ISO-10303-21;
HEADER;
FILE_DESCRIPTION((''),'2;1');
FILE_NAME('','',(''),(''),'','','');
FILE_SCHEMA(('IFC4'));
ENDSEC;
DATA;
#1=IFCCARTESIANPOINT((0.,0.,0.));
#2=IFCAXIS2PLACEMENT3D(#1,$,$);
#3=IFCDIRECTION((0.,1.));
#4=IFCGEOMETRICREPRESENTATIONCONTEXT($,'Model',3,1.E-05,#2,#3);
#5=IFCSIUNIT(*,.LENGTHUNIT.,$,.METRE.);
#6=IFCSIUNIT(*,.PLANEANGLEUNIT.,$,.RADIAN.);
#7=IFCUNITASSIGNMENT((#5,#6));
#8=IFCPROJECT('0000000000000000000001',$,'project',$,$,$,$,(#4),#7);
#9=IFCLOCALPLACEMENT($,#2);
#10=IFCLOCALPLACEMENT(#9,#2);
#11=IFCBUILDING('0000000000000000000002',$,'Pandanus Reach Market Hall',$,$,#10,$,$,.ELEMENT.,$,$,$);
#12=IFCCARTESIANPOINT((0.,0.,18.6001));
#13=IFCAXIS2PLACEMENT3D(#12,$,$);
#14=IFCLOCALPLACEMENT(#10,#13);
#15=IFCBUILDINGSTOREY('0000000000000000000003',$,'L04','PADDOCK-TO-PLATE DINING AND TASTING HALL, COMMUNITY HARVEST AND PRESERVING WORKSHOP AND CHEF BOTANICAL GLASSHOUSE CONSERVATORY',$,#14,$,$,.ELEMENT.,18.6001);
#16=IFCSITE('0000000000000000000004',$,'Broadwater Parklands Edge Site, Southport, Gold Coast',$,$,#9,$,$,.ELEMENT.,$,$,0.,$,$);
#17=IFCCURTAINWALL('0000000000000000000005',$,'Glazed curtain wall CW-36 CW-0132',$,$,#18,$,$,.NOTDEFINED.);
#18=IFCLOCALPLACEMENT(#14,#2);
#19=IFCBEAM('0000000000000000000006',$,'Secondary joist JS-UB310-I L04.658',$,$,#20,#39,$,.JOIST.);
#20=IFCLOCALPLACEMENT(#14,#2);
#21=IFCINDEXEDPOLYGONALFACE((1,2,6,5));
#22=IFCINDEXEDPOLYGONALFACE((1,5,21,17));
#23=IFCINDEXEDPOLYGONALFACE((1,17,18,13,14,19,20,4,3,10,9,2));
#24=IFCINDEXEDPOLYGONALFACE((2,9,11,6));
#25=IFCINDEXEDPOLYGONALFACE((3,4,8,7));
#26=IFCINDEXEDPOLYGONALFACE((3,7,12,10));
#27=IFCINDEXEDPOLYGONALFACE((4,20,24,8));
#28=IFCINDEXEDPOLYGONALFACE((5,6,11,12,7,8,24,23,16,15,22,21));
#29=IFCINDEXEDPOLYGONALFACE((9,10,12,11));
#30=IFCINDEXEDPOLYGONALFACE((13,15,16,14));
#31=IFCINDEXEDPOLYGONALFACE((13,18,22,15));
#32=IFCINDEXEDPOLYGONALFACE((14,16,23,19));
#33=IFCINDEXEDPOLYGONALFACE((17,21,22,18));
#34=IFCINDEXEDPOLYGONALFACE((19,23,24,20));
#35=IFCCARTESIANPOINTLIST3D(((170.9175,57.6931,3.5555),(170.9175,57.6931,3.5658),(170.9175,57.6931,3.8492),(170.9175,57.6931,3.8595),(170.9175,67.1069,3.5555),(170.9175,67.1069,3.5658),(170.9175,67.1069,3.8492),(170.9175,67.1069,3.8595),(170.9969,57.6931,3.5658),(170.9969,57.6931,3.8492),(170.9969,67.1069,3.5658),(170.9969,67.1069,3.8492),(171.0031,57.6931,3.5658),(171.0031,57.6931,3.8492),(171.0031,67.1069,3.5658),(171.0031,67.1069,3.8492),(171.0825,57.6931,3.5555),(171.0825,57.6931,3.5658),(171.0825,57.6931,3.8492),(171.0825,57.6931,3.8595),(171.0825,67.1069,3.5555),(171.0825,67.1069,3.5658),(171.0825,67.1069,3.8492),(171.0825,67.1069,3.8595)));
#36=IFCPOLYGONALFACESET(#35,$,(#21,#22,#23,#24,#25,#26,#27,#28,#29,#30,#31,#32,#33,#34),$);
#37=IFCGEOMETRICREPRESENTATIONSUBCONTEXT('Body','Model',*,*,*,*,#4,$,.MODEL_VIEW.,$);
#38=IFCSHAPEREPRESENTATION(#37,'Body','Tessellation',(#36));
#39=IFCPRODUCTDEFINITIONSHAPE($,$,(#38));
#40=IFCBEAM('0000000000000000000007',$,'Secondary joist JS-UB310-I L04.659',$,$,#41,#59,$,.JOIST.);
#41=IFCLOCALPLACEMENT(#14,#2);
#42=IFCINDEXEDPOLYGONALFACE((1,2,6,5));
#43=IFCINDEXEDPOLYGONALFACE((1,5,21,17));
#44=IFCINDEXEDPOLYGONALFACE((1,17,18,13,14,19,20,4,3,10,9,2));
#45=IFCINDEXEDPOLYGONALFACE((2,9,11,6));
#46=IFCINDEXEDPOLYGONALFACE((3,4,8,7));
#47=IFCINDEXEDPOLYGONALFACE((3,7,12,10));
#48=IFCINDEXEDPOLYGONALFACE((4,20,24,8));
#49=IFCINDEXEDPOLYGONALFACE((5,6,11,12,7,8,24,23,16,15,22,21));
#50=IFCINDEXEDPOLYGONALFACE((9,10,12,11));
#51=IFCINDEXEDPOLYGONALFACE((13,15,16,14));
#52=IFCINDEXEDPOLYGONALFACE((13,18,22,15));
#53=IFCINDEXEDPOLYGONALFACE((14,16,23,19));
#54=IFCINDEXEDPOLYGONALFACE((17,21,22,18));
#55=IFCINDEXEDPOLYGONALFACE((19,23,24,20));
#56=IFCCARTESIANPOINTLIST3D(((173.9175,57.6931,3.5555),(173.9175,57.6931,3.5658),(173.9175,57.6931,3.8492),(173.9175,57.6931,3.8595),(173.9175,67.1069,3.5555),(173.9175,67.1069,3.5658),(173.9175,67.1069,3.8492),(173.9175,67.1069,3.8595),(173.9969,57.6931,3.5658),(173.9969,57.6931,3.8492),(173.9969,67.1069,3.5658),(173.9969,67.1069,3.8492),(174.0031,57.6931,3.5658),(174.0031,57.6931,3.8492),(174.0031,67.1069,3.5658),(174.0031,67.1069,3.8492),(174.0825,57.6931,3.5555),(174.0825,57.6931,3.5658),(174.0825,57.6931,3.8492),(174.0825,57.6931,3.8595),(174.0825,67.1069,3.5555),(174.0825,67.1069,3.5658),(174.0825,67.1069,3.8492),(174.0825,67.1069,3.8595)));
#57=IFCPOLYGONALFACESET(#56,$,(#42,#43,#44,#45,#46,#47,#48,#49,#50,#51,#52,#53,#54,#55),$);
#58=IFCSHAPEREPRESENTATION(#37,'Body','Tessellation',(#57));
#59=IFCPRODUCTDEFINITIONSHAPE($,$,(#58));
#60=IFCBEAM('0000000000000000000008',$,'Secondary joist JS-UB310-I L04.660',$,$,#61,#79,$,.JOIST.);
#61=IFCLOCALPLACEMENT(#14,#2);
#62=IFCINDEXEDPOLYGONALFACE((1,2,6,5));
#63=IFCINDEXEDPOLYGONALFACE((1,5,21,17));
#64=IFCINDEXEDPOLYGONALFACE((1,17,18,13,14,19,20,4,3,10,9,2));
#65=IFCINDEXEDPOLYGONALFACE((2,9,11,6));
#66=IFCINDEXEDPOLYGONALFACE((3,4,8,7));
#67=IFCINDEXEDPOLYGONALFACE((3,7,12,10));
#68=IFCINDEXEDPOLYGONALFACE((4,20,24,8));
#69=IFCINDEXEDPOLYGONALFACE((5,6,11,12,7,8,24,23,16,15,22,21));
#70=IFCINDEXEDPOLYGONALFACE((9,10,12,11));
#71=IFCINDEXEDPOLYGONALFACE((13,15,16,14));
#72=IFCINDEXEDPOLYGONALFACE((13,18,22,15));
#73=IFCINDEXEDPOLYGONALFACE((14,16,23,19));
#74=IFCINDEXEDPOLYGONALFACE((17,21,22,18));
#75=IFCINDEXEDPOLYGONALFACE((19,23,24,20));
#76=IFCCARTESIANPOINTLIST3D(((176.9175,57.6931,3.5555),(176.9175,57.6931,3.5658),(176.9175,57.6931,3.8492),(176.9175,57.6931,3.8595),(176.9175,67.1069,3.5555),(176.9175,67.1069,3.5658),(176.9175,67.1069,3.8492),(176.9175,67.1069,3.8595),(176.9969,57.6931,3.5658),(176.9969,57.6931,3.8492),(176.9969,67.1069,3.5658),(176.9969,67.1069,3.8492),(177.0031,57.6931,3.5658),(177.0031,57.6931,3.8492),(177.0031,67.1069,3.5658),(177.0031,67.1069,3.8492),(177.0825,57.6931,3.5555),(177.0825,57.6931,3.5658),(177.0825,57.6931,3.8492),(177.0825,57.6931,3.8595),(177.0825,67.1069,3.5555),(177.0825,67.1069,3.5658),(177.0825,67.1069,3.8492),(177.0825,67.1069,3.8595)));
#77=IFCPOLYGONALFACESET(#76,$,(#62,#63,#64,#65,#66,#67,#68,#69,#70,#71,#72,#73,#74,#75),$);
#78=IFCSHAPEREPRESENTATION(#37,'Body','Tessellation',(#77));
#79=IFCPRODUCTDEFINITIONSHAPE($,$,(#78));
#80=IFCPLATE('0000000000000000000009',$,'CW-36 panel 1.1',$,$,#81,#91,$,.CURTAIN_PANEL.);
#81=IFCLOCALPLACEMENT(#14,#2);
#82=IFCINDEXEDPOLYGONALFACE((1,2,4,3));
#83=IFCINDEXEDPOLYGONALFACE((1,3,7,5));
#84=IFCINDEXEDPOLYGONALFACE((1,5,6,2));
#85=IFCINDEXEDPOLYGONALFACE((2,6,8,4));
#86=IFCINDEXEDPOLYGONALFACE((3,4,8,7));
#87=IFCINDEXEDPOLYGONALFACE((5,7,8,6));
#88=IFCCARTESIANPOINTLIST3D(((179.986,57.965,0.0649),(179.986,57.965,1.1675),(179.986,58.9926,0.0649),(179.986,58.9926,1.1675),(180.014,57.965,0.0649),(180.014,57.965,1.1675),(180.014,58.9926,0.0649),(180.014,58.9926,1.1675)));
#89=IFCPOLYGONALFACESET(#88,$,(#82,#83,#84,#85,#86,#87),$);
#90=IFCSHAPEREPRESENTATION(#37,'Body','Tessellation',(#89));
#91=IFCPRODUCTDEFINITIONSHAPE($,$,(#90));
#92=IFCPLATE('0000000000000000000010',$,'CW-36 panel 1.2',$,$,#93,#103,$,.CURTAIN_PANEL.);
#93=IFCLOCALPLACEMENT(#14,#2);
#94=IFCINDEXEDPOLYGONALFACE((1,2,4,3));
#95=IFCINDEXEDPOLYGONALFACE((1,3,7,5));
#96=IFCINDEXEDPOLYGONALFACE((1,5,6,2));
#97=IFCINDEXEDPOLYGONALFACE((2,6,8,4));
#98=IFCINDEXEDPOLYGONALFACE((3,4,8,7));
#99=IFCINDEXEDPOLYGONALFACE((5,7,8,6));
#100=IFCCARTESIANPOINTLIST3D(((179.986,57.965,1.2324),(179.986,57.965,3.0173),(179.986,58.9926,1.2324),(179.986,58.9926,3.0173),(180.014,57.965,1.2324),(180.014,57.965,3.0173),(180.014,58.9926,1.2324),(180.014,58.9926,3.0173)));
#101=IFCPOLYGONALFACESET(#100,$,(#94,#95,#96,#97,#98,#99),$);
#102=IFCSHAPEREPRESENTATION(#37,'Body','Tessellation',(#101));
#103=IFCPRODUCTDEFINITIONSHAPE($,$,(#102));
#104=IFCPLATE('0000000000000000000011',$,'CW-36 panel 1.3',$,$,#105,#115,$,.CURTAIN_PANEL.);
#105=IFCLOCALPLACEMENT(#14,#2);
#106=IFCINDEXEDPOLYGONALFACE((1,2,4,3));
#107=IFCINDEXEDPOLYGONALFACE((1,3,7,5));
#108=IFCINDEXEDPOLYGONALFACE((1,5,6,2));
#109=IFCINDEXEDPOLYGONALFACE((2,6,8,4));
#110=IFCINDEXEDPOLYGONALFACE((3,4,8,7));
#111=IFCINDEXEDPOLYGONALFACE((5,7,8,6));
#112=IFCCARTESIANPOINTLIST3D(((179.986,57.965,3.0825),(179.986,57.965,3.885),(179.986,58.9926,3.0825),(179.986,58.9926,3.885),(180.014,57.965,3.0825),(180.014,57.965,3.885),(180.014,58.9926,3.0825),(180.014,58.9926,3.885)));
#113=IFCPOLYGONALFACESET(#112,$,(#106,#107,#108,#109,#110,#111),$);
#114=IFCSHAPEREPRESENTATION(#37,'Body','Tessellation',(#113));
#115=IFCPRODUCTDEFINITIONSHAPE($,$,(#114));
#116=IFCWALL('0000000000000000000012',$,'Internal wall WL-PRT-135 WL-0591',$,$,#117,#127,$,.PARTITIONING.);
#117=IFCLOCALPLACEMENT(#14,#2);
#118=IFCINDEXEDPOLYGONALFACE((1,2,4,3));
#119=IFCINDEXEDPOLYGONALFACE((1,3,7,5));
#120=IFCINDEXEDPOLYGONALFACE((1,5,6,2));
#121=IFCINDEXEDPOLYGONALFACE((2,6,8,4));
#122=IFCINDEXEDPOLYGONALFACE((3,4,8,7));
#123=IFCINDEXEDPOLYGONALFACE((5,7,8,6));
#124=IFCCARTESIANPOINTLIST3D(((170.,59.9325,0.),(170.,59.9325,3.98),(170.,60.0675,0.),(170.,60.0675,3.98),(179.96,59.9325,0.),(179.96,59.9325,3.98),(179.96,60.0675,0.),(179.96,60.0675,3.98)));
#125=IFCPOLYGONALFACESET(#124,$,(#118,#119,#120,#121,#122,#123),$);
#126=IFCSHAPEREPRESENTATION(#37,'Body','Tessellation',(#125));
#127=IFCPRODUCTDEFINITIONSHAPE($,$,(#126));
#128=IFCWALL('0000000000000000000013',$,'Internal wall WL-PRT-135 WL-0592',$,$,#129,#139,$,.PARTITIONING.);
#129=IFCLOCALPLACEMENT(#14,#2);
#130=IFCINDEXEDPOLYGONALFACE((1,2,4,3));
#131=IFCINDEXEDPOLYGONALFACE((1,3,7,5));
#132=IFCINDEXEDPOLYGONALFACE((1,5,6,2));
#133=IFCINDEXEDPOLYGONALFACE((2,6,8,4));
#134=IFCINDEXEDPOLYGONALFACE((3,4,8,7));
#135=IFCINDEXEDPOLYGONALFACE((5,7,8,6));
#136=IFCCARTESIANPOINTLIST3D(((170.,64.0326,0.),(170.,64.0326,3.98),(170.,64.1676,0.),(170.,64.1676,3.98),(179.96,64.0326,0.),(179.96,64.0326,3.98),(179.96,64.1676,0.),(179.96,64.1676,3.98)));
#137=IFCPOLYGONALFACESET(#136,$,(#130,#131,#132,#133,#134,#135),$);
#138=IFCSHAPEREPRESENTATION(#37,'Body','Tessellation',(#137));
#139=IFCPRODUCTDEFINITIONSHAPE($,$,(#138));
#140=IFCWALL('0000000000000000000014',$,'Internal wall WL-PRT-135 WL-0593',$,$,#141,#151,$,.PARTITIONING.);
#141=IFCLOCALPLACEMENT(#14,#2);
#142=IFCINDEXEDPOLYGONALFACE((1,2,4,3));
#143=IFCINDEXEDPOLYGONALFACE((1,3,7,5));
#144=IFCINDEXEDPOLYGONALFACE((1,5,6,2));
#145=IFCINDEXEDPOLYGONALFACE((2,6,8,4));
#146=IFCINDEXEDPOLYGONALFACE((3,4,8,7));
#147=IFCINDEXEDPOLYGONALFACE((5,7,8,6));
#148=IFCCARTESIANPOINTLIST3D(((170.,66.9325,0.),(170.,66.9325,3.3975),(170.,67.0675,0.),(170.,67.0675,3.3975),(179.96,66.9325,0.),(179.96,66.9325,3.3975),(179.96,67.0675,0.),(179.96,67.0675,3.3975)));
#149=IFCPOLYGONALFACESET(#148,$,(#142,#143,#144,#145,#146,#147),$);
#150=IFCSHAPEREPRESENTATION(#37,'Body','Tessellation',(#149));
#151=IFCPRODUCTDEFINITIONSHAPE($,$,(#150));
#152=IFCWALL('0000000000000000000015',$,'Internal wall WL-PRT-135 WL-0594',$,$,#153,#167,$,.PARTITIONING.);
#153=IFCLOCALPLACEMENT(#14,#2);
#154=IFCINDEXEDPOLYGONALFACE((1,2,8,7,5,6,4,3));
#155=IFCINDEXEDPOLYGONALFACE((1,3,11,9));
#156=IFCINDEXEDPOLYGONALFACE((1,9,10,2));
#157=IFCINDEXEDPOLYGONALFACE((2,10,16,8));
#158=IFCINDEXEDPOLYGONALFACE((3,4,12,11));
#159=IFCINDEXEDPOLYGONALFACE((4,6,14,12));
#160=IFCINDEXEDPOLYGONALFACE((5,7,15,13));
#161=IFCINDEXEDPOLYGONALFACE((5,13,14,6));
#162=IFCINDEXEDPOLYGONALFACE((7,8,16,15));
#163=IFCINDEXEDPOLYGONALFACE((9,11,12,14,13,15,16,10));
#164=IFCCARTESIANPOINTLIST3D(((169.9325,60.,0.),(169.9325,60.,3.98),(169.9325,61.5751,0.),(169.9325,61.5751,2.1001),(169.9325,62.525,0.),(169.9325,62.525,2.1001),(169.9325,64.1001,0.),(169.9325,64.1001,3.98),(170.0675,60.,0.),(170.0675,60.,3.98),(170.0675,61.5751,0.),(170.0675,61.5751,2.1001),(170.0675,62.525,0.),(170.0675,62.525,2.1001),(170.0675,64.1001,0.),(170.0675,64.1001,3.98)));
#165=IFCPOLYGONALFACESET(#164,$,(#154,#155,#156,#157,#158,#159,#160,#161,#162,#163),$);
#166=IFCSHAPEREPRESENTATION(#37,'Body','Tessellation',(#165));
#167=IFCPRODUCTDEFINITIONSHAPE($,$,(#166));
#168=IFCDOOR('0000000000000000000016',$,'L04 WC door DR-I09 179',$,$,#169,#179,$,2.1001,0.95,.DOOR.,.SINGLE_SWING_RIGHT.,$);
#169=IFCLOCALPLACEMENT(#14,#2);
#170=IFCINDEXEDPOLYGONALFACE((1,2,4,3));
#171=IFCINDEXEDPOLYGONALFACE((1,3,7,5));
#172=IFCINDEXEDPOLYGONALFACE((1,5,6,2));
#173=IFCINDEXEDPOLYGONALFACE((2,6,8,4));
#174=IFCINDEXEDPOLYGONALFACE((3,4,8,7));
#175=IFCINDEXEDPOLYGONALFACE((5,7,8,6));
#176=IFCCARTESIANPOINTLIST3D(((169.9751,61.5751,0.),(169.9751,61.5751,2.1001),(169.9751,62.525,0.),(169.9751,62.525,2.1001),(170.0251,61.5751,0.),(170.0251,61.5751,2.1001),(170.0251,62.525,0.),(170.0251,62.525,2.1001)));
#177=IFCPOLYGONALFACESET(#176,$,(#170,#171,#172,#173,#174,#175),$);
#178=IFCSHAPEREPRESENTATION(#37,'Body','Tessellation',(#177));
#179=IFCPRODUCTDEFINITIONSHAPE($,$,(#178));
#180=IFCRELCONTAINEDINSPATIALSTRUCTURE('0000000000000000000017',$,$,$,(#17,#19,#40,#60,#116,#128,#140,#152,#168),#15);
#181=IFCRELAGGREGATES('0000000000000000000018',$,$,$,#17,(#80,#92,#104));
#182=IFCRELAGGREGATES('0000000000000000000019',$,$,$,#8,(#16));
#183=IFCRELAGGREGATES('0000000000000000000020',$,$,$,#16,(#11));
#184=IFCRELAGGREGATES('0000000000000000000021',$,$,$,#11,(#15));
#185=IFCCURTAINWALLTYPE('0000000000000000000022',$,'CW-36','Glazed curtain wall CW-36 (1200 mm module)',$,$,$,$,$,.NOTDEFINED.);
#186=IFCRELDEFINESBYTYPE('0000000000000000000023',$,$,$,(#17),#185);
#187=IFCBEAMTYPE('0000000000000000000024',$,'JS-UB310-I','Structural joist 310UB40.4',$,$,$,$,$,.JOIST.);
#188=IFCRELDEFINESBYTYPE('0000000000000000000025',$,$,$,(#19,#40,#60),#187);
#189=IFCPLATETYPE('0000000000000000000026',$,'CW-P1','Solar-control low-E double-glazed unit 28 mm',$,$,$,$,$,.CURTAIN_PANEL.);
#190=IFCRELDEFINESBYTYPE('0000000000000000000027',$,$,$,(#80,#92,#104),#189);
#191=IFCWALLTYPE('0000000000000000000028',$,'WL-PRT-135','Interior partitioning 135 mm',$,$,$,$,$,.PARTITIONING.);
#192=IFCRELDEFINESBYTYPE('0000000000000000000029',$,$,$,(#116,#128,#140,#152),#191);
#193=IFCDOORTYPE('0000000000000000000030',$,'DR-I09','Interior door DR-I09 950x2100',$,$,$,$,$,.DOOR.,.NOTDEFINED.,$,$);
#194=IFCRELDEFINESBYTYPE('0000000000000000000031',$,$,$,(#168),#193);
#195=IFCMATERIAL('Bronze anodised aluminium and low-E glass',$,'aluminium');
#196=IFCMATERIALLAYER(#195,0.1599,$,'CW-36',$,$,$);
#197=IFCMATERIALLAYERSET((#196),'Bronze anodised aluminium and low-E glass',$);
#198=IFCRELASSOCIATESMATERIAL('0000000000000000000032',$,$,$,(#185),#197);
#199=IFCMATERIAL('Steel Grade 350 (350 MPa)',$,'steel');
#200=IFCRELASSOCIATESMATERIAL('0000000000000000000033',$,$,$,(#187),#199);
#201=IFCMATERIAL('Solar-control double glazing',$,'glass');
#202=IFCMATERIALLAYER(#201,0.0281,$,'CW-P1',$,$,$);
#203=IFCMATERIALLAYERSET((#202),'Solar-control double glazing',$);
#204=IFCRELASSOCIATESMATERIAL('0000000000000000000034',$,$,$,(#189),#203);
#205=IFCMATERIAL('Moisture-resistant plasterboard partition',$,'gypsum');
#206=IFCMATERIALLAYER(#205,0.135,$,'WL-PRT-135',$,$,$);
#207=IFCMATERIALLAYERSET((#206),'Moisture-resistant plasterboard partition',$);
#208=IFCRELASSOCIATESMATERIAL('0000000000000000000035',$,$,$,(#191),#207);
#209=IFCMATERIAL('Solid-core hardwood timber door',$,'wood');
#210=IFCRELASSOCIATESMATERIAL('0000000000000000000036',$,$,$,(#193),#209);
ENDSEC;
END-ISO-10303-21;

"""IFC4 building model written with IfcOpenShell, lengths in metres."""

from ifc_helpers import new_model, si_unit, direction, frame, frame_2d, origin, origin_2d, place, context, subcontext, project, spatial, rectangle, i_section, extrude, material, layer, layer_set, material_profile, profile_set, type_object, element, fill, aggregate, save


model = new_model("IFC4")

# Units and contexts
model_context = context("Model", 3, precision=1e-05, world=origin(), true_north=direction((0.0, 1.0)))
body_context = subcontext(model_context, "Body", "Model", "MODEL_VIEW")
ifc_project = project(units=[si_unit("LENGTHUNIT", "METRE"), si_unit("PLANEANGLEUNIT", "RADIAN")], contexts=[model_context])

# Site, building, storey
site_placement = place(None, origin())
site = spatial("IfcSite", under=ifc_project, at=site_placement, Name="Broadwater Parklands Edge Site, Southport, Gold Coast", CompositionType="ELEMENT", RefElevation=0.0)
building_placement = place(site_placement, origin())
building = spatial("IfcBuilding", under=site, at=building_placement, Name="Pandanus Reach Market Hall", CompositionType="ELEMENT")
storey_placement = place(building_placement, frame((0.0, 0.0, 18.6001)))
storey = spatial("IfcBuildingStorey", under=building, at=storey_placement, Name="L04", Description="PADDOCK-TO-PLATE DINING AND TASTING HALL, COMMUNITY HARVEST AND PRESERVING WORKSHOP AND CHEF BOTANICAL GLASSHOUSE CONSERVATORY", CompositionType="ELEMENT", Elevation=18.6001)

# Shared definitions
ifc_material_1 = material(Name="Bronze anodised aluminium and low-E glass", Category="aluminium")
ifc_layer_1 = layer(ifc_material_1, 0.1599, Name="CW-36")
ifc_layer_set_1 = layer_set([ifc_layer_1], Name="Bronze anodised aluminium and low-E glass")
curtain_wall_type = type_object("IfcCurtainWallType", Name="CW-36", Description="Glazed curtain wall CW-36 (1200 mm module)", PredefinedType="NOTDEFINED", material=ifc_layer_set_1)

# Curtain wall
curtain_wall_1_placement = place(storey_placement, origin())
curtain_wall_1 = element("IfcCurtainWall", 1, at=curtain_wall_1_placement, inside=storey, type_object=curtain_wall_type, Name="Glazed curtain wall CW-36 CW-0132", PredefinedType="NOTDEFINED")

# Beams
ifc_material_2 = material(Name="Steel Grade 350 (350 MPa)", Category="steel")
ifc_material_profile_1 = material_profile(ifc_material_2, i_section(OverallWidth=0.165, OverallDepth=0.304, WebThickness=0.0061, FlangeThickness=0.0103, at=origin_2d()), Name="310UB40.4", Category="LoadBearing")
ifc_profile_set_1 = profile_set([ifc_material_profile_1], Name="Steel Grade 350 (350 MPa)")
beam_type_1 = type_object("IfcBeamType", Name="JS-UB310-I", Description="Structural joist 310UB40.4", PredefinedType="JOIST", material=ifc_profile_set_1)
for number, where, z_axis, x_axis, name in (
    (2, (171.0, 57.6931, 3.7075), (0.0, 1.0, 0.0), (-1.0, 0.0, 0.0), "Secondary joist JS-UB310-I L04.658"),
    (3, (174.0, 57.6931, 3.7075), (0.0, 1.0, 0.0), (-1.0, 0.0, 0.0), "Secondary joist JS-UB310-I L04.659"),
    (4, (177.0, 57.6931, 3.7075), (0.0, 1.0, 0.0), (-1.0, 0.0, 0.0), "Secondary joist JS-UB310-I L04.660"),
):
    element("IfcBeam", number, at=place(storey_placement, frame(where, z_axis=z_axis, x_axis=x_axis)), inside=storey, type_object=beam_type_1, Name=name, PredefinedType="JOIST", context=body_context, shape_type="SweptSolid", body=[
        extrude(i_section(OverallWidth=0.165, OverallDepth=0.304, WebThickness=0.0061, FlangeThickness=0.0103, at=origin_2d()), origin(), (0.0, 0.0, 1.0), 9.4138),
    ])

# Plates
ifc_material_3 = material(Name="Solar-control double glazing", Category="glass")
ifc_layer_2 = layer(ifc_material_3, 0.0281, Name="CW-P1")
ifc_layer_set_2 = layer_set([ifc_layer_2], Name="Solar-control double glazing")
plate_type = type_object("IfcPlateType", Name="CW-P1", Description="Solar-control low-E double-glazed unit 28 mm", PredefinedType="CURTAIN_PANEL", material=ifc_layer_set_2)
plate_1_placement = place(storey_placement, frame((180.0, 58.4788, 0.0649), z_axis=(0.0, 0.0, 1.0), x_axis=(0.0, 1.0, 0.0)))
plate_1 = element("IfcPlate", 5, at=plate_1_placement, type_object=plate_type, Name="CW-36 panel 1.1", PredefinedType="CURTAIN_PANEL", context=body_context, shape_type="SweptSolid", body=[
    extrude(rectangle(XDim=1.0276, YDim=0.0281, at=origin_2d()), origin(), (0.0, 0.0, 1.0), 1.1025),
])
plate_2_placement = place(storey_placement, frame((180.0, 58.4788, 1.2324), z_axis=(0.0, 0.0, 1.0), x_axis=(0.0, 1.0, 0.0)))
plate_2 = element("IfcPlate", 6, at=plate_2_placement, type_object=plate_type, Name="CW-36 panel 1.2", PredefinedType="CURTAIN_PANEL", context=body_context, shape_type="SweptSolid", body=[
    extrude(rectangle(XDim=1.0276, YDim=0.0281, at=origin_2d()), origin(), (0.0, 0.0, 1.0), 1.7849),
])
plate_3_placement = place(storey_placement, frame((180.0, 58.4788, 3.0825), z_axis=(0.0, 0.0, 1.0), x_axis=(0.0, 1.0, 0.0)))
plate_3 = element("IfcPlate", 7, at=plate_3_placement, type_object=plate_type, Name="CW-36 panel 1.3", PredefinedType="CURTAIN_PANEL", context=body_context, shape_type="SweptSolid", body=[
    extrude(rectangle(XDim=1.0276, YDim=0.0281, at=origin_2d()), origin(), (0.0, 0.0, 1.0), 0.8025),
])
aggregate(curtain_wall_1, [plate_1, plate_2, plate_3])

# Walls
ifc_material_4 = material(Name="Moisture-resistant plasterboard partition", Category="gypsum")
ifc_layer_3 = layer(ifc_material_4, 0.135, Name="WL-PRT-135")
ifc_layer_set_3 = layer_set([ifc_layer_3], Name="Moisture-resistant plasterboard partition")
wall_type = type_object("IfcWallType", Name="WL-PRT-135", Description="Interior partitioning 135 mm", PredefinedType="PARTITIONING", material=ifc_layer_set_3)
for number, where, z_axis, x_axis, name in (
    (8, (170.0, 60.0, 0.0), (0.0, 0.0, 1.0), (1.0, 0.0, 0.0), "Internal wall WL-PRT-135 WL-0591"),
    (9, (170.0, 64.1001, 0.0), (0.0, 0.0, 1.0), (1.0, 0.0, 0.0), "Internal wall WL-PRT-135 WL-0592"),
):
    element("IfcWall", number, at=place(storey_placement, frame(where, z_axis=z_axis, x_axis=x_axis)), inside=storey, type_object=wall_type, Name=name, PredefinedType="PARTITIONING", context=body_context, shape_type="SweptSolid", body=[
        extrude(rectangle(XDim=9.96, YDim=0.135, at=frame_2d((4.98, 0.0))), origin(), (0.0, 0.0, 1.0), 3.98),
    ])
wall_1_placement = place(storey_placement, frame((170.0, 67.0, 0.0), z_axis=(0.0, 0.0, 1.0), x_axis=(1.0, 0.0, 0.0)))
element("IfcWall", 10, at=wall_1_placement, inside=storey, type_object=wall_type, Name="Internal wall WL-PRT-135 WL-0593", PredefinedType="PARTITIONING", context=body_context, shape_type="SweptSolid", body=[
    extrude(rectangle(XDim=9.96, YDim=0.135, at=frame_2d((4.98, 0.0))), origin(), (0.0, 0.0, 1.0), 3.3975),
])

# Wall, opening, door
wall_2_placement = place(storey_placement, frame((170.0, 60.0, 0.0), z_axis=(0.0, 0.0, 1.0), x_axis=(0.0, 1.0, 0.0)))
wall_2 = element("IfcWall", 11, at=wall_2_placement, inside=storey, type_object=wall_type, Name="Internal wall WL-PRT-135 WL-0594", PredefinedType="PARTITIONING", context=body_context, shape_type="SweptSolid", body=[
    extrude(rectangle(XDim=4.1001, YDim=0.135, at=frame_2d((2.05, 0.0))), origin(), (0.0, 0.0, 1.0), 3.98),
])
opening_1_placement = place(wall_2_placement, frame((1.575, 0.0, 0.0)))
opening_1 = element("IfcOpeningElement", 12, at=opening_1_placement, cuts=wall_2, PredefinedType="OPENING", context=body_context, shape_type="SweptSolid", body=[
    extrude(rectangle(XDim=0.95, YDim=2.1001, at=frame_2d((0.4751, 1.05))), frame((0.0, 0.0825, 0.0), z_axis=(0.0, -1.0, 0.0), x_axis=(1.0, 0.0, 0.0)), (0.0, 0.0, 1.0), 0.165),
])
ifc_material_5 = material(Name="Solid-core hardwood timber door", Category="wood")
door_type_1 = type_object("IfcDoorType", Name="DR-I09", Description="Interior door DR-I09 950x2100", OperationType="NOTDEFINED", PredefinedType="DOOR", material=ifc_material_5)
door_1_placement = place(opening_1_placement, origin())
door_1 = element("IfcDoor", 13, at=door_1_placement, inside=storey, type_object=door_type_1, Name="L04 WC door DR-I09 179", OperationType="SINGLE_SWING_RIGHT", OverallHeight=2.1001, OverallWidth=0.95, PredefinedType="DOOR", context=body_context, shape_type="SweptSolid", body=[
    extrude(rectangle(XDim=0.95, YDim=2.1001, at=frame_2d((0.4751, 1.05))), frame((0.0, 0.0249, 0.0), z_axis=(0.0, -1.0, 0.0), x_axis=(1.0, 0.0, 0.0)), (0.0, 0.0, 1.0), 0.05),
])
fill(opening_1, door_1)

save(model, "model.ifc")
